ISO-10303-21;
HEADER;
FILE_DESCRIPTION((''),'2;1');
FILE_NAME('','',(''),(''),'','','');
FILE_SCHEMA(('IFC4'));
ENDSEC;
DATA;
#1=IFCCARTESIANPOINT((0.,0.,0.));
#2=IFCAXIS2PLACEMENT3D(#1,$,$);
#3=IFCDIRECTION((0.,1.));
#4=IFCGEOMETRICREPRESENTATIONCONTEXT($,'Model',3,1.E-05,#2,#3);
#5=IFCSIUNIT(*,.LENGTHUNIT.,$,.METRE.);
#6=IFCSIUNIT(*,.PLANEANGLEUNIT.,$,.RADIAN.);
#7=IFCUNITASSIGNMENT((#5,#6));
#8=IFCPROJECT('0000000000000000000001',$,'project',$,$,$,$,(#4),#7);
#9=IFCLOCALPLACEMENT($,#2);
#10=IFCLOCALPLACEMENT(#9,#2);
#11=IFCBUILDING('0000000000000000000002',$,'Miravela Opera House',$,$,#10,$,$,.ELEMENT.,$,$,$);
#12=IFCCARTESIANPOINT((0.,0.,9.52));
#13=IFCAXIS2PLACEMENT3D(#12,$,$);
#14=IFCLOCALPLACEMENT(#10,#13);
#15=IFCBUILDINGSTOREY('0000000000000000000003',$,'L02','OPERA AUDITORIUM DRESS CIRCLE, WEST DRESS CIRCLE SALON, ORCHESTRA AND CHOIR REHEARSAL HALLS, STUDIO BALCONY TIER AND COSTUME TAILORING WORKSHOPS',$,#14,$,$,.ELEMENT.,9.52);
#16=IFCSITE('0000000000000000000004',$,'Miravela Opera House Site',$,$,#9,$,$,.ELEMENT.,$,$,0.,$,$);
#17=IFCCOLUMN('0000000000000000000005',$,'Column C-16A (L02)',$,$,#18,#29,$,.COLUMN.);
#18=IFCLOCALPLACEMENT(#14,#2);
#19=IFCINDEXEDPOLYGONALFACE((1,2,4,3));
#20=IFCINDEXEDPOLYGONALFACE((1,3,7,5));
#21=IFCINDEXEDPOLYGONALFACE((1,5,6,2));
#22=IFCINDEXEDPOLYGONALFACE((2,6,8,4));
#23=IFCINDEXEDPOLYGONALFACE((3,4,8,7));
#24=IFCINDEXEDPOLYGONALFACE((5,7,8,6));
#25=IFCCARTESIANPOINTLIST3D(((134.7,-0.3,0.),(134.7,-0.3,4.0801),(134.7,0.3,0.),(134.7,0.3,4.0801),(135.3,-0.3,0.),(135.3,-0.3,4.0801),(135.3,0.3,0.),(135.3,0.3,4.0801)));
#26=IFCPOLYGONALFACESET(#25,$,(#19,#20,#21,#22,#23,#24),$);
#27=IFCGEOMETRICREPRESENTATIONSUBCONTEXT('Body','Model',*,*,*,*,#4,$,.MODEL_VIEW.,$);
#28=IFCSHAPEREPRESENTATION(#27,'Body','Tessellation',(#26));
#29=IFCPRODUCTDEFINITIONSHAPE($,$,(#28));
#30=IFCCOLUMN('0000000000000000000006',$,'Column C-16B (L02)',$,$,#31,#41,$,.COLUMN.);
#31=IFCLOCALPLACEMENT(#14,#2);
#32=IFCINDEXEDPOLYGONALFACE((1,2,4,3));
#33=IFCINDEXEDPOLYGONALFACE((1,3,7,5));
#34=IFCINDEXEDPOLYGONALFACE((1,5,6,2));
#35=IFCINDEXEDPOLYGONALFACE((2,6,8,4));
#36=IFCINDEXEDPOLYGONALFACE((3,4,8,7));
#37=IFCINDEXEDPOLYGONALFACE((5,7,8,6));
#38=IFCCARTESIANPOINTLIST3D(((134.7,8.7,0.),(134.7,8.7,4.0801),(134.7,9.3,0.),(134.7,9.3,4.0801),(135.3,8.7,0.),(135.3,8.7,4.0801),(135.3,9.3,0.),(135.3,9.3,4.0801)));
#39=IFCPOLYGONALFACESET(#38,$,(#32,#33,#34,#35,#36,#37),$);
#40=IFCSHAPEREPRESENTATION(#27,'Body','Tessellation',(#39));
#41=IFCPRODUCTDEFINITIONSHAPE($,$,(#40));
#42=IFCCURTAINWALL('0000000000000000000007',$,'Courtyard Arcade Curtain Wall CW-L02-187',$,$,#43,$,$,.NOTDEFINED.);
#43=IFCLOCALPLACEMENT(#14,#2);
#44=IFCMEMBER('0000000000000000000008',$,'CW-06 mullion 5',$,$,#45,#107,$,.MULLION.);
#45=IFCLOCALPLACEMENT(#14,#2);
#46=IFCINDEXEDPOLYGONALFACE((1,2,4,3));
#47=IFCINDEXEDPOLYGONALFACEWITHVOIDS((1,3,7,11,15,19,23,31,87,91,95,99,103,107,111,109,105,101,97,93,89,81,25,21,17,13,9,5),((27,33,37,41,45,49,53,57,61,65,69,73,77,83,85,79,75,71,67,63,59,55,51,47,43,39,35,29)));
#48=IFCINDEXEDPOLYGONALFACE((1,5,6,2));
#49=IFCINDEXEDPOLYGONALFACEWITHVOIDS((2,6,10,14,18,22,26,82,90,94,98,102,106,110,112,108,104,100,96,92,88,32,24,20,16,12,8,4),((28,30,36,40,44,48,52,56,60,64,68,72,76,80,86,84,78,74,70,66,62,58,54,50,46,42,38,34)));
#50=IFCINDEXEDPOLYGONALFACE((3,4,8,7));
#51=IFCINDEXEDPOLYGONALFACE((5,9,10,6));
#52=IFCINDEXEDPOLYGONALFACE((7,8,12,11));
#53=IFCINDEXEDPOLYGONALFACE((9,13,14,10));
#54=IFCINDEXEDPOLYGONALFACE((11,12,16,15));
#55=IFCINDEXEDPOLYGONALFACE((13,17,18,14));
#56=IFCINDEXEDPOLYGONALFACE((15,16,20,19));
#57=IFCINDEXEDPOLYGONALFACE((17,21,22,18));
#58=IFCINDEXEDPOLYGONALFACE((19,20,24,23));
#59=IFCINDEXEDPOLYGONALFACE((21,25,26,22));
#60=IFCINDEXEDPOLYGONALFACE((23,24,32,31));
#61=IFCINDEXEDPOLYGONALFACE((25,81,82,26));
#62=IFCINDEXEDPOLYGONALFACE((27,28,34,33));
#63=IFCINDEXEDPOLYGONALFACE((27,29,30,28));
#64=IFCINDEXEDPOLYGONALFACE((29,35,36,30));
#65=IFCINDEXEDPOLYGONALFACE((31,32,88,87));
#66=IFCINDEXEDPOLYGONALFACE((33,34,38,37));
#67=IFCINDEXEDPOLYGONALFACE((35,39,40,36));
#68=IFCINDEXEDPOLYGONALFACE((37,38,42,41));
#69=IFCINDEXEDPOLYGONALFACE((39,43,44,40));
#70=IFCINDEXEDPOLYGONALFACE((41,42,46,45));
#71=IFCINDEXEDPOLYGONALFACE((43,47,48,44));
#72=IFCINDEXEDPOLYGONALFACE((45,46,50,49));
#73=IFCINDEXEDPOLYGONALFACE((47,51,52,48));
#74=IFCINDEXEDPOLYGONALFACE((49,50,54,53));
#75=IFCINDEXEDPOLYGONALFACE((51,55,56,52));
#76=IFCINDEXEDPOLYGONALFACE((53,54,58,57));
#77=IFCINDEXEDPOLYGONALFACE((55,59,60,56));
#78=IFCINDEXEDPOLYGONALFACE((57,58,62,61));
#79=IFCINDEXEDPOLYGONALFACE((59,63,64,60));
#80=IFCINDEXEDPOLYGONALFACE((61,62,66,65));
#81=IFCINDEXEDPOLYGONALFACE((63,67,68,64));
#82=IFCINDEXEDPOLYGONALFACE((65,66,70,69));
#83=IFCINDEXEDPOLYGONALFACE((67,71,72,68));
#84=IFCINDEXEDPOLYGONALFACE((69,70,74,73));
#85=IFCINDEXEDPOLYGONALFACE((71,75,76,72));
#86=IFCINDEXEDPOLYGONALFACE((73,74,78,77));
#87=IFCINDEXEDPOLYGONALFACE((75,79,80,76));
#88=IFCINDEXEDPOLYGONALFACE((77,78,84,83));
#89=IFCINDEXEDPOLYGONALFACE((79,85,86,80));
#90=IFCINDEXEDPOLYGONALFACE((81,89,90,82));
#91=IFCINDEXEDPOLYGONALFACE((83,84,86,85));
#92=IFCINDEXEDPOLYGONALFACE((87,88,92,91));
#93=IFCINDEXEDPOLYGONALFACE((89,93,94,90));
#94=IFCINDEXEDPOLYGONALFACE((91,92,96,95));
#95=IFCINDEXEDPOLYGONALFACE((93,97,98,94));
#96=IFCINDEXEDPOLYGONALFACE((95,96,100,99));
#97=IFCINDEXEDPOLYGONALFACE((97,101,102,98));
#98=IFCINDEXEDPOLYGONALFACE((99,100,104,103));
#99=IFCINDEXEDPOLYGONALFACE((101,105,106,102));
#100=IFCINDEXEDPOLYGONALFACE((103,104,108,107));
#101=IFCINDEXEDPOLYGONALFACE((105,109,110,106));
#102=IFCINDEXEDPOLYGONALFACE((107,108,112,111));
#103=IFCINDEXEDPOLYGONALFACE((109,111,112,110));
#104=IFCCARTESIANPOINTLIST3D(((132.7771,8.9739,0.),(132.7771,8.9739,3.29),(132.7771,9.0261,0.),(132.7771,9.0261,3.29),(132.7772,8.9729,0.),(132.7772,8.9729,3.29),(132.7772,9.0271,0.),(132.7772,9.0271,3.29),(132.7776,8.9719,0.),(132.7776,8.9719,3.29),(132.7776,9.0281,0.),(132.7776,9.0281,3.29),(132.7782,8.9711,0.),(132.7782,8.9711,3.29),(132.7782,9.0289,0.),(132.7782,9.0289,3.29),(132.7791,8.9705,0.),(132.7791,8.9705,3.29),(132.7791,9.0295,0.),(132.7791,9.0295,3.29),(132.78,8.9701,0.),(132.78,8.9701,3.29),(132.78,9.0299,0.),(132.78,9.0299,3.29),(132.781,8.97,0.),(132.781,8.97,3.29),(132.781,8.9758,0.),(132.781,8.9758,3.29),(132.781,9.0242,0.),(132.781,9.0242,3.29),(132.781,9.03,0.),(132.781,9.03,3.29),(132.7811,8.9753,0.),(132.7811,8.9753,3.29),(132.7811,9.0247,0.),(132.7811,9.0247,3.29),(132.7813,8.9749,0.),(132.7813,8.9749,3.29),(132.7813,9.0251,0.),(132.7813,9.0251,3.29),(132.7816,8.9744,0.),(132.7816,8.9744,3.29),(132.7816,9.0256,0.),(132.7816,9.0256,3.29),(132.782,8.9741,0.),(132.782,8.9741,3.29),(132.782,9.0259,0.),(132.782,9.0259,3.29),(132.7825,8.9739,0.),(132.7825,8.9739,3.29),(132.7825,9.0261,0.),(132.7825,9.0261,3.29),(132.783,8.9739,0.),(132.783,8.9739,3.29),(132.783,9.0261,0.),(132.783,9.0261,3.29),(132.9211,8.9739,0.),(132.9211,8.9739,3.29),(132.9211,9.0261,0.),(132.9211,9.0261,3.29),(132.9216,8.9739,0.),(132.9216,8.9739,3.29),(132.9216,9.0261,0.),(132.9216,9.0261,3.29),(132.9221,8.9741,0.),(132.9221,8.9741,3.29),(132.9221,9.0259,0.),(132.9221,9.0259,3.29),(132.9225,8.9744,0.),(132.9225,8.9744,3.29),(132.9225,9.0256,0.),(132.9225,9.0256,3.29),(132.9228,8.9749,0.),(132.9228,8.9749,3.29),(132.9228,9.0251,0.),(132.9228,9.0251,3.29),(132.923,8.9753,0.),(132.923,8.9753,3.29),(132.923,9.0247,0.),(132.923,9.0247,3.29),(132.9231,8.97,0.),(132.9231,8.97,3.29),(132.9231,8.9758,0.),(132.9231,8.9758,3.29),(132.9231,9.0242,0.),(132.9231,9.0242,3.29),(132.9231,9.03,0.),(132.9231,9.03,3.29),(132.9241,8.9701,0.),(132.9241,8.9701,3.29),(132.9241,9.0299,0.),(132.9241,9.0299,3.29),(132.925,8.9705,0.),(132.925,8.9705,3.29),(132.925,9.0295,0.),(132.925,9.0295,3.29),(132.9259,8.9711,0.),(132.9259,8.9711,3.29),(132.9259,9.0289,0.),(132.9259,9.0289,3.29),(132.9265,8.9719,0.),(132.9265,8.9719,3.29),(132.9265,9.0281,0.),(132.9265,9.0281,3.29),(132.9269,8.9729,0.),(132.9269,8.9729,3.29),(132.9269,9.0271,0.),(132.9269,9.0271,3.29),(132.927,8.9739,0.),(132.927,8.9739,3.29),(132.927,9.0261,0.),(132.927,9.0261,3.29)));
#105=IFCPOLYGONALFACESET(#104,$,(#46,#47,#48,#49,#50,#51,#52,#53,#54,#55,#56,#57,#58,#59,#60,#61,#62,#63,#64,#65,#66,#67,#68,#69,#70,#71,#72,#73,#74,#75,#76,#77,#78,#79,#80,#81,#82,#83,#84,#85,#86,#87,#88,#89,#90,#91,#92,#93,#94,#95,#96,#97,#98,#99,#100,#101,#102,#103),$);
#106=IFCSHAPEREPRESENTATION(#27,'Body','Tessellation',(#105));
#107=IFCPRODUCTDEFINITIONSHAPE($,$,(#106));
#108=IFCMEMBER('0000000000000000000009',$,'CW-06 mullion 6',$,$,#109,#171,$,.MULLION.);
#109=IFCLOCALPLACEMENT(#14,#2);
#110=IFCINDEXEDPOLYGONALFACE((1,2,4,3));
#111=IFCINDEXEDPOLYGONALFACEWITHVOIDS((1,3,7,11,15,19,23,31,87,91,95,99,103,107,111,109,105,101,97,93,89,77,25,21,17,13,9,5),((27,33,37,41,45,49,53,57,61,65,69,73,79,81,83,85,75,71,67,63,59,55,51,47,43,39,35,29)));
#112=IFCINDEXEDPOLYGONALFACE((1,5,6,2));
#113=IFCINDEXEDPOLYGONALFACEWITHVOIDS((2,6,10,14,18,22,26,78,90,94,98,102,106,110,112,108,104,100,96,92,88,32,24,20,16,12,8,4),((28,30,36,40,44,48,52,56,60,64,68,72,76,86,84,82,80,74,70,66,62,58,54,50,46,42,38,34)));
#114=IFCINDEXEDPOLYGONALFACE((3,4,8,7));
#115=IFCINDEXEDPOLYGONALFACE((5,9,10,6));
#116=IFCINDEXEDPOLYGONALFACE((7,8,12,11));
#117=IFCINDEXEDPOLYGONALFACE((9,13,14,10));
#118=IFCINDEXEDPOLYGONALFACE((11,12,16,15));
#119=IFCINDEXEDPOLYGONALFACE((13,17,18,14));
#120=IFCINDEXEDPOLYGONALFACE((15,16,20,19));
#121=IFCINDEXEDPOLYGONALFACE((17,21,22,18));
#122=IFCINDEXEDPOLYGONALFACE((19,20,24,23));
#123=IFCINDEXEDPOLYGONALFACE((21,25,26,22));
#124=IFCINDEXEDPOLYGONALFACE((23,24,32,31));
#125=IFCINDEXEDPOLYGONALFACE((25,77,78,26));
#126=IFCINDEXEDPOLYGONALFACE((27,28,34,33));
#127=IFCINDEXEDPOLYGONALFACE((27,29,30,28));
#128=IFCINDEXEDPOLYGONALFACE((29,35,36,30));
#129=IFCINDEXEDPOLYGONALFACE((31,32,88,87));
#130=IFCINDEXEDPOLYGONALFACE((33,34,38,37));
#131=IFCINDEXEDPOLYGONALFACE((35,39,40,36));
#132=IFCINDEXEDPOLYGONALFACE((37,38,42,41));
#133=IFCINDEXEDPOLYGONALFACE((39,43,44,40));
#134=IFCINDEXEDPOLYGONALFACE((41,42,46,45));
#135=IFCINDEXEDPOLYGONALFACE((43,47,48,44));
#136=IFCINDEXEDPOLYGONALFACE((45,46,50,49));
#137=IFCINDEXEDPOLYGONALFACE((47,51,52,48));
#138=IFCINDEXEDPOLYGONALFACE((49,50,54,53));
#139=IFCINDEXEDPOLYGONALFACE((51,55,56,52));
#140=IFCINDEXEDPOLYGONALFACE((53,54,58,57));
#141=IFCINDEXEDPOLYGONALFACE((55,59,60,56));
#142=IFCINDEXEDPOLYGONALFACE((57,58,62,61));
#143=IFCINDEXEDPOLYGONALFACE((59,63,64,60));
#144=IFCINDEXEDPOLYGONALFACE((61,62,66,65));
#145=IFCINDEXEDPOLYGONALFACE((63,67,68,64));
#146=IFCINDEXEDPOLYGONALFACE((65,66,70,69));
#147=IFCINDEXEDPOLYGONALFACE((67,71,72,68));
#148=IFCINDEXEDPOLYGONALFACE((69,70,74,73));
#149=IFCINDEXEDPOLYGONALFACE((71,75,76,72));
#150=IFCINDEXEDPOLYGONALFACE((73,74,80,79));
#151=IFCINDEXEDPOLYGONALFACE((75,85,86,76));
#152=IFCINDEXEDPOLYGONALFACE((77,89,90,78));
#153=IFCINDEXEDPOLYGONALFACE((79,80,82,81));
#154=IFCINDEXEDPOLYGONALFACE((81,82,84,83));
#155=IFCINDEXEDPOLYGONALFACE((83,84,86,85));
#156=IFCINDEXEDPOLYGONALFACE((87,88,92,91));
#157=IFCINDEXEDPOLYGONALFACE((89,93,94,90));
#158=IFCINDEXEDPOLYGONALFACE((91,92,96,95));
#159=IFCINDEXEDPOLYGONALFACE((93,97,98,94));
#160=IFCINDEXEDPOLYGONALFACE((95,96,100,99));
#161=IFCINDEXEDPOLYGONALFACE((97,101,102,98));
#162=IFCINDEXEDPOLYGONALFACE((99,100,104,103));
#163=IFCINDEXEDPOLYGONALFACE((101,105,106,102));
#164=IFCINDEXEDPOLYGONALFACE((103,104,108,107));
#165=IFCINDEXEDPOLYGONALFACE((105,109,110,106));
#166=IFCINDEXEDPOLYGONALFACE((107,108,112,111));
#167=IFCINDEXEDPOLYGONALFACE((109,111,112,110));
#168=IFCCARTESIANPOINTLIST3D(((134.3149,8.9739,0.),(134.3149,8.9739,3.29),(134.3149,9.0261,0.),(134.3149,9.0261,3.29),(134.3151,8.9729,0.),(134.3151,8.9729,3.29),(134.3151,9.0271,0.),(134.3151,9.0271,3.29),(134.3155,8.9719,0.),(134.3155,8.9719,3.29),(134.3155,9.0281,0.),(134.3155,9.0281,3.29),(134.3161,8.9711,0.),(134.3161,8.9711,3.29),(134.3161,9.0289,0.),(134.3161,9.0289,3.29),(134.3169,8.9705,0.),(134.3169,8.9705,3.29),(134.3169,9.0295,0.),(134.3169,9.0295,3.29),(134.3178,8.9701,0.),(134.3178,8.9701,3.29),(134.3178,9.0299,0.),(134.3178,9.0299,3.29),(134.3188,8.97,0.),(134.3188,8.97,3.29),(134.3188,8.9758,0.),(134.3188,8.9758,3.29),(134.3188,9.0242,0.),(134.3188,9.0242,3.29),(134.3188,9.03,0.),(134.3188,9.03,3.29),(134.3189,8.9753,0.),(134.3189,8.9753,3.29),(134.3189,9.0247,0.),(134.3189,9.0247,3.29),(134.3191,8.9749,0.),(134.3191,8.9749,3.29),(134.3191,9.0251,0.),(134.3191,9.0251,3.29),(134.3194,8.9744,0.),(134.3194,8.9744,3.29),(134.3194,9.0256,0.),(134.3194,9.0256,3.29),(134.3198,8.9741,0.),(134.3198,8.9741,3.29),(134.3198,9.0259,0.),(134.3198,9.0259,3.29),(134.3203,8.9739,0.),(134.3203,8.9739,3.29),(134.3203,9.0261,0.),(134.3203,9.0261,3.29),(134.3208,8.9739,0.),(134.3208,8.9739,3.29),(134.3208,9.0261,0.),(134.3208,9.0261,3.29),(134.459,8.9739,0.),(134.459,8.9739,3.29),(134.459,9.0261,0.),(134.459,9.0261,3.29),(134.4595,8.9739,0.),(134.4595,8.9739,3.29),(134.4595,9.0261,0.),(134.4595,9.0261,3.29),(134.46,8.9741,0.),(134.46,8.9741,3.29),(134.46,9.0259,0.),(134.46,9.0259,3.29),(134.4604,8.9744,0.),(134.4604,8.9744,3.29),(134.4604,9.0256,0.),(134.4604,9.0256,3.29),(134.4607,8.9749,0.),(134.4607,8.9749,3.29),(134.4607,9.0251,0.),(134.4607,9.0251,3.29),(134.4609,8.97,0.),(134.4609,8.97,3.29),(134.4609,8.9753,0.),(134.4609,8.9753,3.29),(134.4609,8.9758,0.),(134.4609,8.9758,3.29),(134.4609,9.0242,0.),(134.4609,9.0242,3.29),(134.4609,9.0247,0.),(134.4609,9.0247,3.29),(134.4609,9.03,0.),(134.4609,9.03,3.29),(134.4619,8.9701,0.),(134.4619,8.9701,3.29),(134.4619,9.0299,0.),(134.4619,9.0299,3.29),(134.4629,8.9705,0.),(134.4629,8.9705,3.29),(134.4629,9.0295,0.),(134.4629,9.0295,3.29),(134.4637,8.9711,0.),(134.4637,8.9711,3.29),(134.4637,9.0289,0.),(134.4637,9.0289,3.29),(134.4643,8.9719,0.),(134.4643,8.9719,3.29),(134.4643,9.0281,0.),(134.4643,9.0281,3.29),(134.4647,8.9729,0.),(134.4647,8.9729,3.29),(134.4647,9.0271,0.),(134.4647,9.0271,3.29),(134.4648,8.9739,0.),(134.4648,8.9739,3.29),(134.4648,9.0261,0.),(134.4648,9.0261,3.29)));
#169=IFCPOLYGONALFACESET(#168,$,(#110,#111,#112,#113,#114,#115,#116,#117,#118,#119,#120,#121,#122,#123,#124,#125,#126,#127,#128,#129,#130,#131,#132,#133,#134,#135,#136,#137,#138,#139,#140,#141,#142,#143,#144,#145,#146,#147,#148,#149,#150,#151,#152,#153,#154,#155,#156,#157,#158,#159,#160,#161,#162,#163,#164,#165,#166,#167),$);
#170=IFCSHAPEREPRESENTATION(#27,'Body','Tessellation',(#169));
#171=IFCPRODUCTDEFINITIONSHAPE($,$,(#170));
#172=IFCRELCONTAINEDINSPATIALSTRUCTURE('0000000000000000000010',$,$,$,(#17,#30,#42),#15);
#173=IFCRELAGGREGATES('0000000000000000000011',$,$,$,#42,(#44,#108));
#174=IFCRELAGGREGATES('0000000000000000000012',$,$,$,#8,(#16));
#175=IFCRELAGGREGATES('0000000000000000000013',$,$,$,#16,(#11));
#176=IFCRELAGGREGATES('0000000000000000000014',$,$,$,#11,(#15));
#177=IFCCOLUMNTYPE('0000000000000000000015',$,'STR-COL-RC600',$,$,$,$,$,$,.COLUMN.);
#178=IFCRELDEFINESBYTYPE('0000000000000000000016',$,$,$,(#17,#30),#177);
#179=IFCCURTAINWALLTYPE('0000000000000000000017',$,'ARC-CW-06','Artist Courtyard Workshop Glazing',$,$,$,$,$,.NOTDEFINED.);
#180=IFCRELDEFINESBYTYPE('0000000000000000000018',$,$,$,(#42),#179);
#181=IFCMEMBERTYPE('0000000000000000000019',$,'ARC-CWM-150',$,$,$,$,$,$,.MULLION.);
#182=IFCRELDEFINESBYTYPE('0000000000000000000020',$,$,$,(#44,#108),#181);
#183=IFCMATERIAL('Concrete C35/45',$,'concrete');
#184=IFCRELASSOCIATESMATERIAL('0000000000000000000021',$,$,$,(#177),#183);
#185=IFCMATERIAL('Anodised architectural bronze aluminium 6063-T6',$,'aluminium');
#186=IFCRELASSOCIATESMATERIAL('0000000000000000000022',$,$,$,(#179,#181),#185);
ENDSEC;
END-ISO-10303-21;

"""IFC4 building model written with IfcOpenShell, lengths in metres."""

from ifc_helpers import new_model, si_unit, direction, frame, origin, origin_2d, place, context, subcontext, project, spatial, rectangle, hollow_rectangle, extrude, material, material_profile, profile_set, type_object, element, aggregate, save


model = new_model("IFC4")

# Units and contexts
model_context = context("Model", 3, precision=1e-05, world=origin(), true_north=direction((0.0, 1.0)))
body_context = subcontext(model_context, "Body", "Model", "MODEL_VIEW")
ifc_project = project(units=[si_unit("LENGTHUNIT", "METRE"), si_unit("PLANEANGLEUNIT", "RADIAN")], contexts=[model_context])

# Site, building, storey
site_placement = place(None, origin())
site = spatial("IfcSite", under=ifc_project, at=site_placement, Name="Miravela Opera House Site", CompositionType="ELEMENT", RefElevation=0.0)
building_placement = place(site_placement, origin())
building = spatial("IfcBuilding", under=site, at=building_placement, Name="Miravela Opera House", CompositionType="ELEMENT")
storey_placement = place(building_placement, frame((0.0, 0.0, 9.52)))
storey = spatial("IfcBuildingStorey", under=building, at=storey_placement, Name="L02", Description="OPERA AUDITORIUM DRESS CIRCLE, WEST DRESS CIRCLE SALON, ORCHESTRA AND CHOIR REHEARSAL HALLS, STUDIO BALCONY TIER AND COSTUME TAILORING WORKSHOPS", CompositionType="ELEMENT", Elevation=9.52)

# Columns
ifc_material_1 = material(Name="Concrete C35/45", Category="concrete")
ifc_material_profile_1 = material_profile(ifc_material_1, rectangle(XDim=0.6001, YDim=0.6001, at=origin_2d()), Name="RC-COL-600X600")
ifc_profile_set_1 = profile_set([ifc_material_profile_1])
column_type = type_object("IfcColumnType", Name="STR-COL-RC600", PredefinedType="COLUMN", material=ifc_profile_set_1)
for number, where, z_axis, x_axis, name in (
    (1, (135.0, 0.0, 0.0), (0.0, 0.0, 1.0), (1.0, 0.0, 0.0), "Column C-16A (L02)"),
    (2, (135.0, 9.0, 0.0), (0.0, 0.0, 1.0), (1.0, 0.0, 0.0), "Column C-16B (L02)"),
):
    element("IfcColumn", number, at=place(storey_placement, frame(where, z_axis=z_axis, x_axis=x_axis)), inside=storey, type_object=column_type, Name=name, PredefinedType="COLUMN", context=body_context, shape_type="SweptSolid", body=[
        extrude(rectangle(XDim=0.6001, YDim=0.6001, at=origin_2d()), origin(), (0.0, 0.0, 1.0), 4.0801),
    ])

# Curtain wall, members
ifc_material_2 = material(Name="Anodised architectural bronze aluminium 6063-T6", Category="aluminium")
curtain_wall_type = type_object("IfcCurtainWallType", Name="ARC-CW-06", Description="Artist Courtyard Workshop Glazing", PredefinedType="NOTDEFINED", material=ifc_material_2)
curtain_wall_1_placement = place(storey_placement, origin())
curtain_wall_1 = element("IfcCurtainWall", 3, at=curtain_wall_1_placement, inside=storey, type_object=curtain_wall_type, Name="Courtyard Arcade Curtain Wall CW-L02-187", PredefinedType="NOTDEFINED")
ifc_material_profile_2 = material_profile(ifc_material_2, hollow_rectangle(XDim=0.0601, YDim=0.1499, WallThickness=0.0039, InnerFilletRadius=0.002, OuterFilletRadius=0.0039, at=origin_2d()), Name="CWM-60X150")
ifc_profile_set_2 = profile_set([ifc_material_profile_2])
member_type_1 = type_object("IfcMemberType", Name="ARC-CWM-150", PredefinedType="MULLION", material=ifc_profile_set_2)
member_1_placement = place(storey_placement, frame((132.8521, 9.0, 0.0), z_axis=(0.0, 0.0, 1.0), x_axis=(0.0, 1.0, 0.0)))
member_1 = element("IfcMember", 4, at=member_1_placement, type_object=member_type_1, Name="CW-06 mullion 5", PredefinedType="MULLION", context=body_context, shape_type="SweptSolid", body=[
    extrude(hollow_rectangle(XDim=0.0601, YDim=0.1499, WallThickness=0.0039, InnerFilletRadius=0.002, OuterFilletRadius=0.0039, at=origin_2d()), origin(), (0.0, 0.0, 1.0), 3.29),
])
member_2_placement = place(storey_placement, frame((134.3899, 9.0, 0.0), z_axis=(0.0, 0.0, 1.0), x_axis=(0.0, 1.0, 0.0)))
member_2 = element("IfcMember", 5, at=member_2_placement, type_object=member_type_1, Name="CW-06 mullion 6", PredefinedType="MULLION", context=body_context, shape_type="SweptSolid", body=[
    extrude(hollow_rectangle(XDim=0.0601, YDim=0.1499, WallThickness=0.0039, InnerFilletRadius=0.002, OuterFilletRadius=0.0039, at=origin_2d()), origin(), (0.0, 0.0, 1.0), 3.29),
])

aggregate(curtain_wall_1, [member_1, member_2])

save(model, "model.ifc")
